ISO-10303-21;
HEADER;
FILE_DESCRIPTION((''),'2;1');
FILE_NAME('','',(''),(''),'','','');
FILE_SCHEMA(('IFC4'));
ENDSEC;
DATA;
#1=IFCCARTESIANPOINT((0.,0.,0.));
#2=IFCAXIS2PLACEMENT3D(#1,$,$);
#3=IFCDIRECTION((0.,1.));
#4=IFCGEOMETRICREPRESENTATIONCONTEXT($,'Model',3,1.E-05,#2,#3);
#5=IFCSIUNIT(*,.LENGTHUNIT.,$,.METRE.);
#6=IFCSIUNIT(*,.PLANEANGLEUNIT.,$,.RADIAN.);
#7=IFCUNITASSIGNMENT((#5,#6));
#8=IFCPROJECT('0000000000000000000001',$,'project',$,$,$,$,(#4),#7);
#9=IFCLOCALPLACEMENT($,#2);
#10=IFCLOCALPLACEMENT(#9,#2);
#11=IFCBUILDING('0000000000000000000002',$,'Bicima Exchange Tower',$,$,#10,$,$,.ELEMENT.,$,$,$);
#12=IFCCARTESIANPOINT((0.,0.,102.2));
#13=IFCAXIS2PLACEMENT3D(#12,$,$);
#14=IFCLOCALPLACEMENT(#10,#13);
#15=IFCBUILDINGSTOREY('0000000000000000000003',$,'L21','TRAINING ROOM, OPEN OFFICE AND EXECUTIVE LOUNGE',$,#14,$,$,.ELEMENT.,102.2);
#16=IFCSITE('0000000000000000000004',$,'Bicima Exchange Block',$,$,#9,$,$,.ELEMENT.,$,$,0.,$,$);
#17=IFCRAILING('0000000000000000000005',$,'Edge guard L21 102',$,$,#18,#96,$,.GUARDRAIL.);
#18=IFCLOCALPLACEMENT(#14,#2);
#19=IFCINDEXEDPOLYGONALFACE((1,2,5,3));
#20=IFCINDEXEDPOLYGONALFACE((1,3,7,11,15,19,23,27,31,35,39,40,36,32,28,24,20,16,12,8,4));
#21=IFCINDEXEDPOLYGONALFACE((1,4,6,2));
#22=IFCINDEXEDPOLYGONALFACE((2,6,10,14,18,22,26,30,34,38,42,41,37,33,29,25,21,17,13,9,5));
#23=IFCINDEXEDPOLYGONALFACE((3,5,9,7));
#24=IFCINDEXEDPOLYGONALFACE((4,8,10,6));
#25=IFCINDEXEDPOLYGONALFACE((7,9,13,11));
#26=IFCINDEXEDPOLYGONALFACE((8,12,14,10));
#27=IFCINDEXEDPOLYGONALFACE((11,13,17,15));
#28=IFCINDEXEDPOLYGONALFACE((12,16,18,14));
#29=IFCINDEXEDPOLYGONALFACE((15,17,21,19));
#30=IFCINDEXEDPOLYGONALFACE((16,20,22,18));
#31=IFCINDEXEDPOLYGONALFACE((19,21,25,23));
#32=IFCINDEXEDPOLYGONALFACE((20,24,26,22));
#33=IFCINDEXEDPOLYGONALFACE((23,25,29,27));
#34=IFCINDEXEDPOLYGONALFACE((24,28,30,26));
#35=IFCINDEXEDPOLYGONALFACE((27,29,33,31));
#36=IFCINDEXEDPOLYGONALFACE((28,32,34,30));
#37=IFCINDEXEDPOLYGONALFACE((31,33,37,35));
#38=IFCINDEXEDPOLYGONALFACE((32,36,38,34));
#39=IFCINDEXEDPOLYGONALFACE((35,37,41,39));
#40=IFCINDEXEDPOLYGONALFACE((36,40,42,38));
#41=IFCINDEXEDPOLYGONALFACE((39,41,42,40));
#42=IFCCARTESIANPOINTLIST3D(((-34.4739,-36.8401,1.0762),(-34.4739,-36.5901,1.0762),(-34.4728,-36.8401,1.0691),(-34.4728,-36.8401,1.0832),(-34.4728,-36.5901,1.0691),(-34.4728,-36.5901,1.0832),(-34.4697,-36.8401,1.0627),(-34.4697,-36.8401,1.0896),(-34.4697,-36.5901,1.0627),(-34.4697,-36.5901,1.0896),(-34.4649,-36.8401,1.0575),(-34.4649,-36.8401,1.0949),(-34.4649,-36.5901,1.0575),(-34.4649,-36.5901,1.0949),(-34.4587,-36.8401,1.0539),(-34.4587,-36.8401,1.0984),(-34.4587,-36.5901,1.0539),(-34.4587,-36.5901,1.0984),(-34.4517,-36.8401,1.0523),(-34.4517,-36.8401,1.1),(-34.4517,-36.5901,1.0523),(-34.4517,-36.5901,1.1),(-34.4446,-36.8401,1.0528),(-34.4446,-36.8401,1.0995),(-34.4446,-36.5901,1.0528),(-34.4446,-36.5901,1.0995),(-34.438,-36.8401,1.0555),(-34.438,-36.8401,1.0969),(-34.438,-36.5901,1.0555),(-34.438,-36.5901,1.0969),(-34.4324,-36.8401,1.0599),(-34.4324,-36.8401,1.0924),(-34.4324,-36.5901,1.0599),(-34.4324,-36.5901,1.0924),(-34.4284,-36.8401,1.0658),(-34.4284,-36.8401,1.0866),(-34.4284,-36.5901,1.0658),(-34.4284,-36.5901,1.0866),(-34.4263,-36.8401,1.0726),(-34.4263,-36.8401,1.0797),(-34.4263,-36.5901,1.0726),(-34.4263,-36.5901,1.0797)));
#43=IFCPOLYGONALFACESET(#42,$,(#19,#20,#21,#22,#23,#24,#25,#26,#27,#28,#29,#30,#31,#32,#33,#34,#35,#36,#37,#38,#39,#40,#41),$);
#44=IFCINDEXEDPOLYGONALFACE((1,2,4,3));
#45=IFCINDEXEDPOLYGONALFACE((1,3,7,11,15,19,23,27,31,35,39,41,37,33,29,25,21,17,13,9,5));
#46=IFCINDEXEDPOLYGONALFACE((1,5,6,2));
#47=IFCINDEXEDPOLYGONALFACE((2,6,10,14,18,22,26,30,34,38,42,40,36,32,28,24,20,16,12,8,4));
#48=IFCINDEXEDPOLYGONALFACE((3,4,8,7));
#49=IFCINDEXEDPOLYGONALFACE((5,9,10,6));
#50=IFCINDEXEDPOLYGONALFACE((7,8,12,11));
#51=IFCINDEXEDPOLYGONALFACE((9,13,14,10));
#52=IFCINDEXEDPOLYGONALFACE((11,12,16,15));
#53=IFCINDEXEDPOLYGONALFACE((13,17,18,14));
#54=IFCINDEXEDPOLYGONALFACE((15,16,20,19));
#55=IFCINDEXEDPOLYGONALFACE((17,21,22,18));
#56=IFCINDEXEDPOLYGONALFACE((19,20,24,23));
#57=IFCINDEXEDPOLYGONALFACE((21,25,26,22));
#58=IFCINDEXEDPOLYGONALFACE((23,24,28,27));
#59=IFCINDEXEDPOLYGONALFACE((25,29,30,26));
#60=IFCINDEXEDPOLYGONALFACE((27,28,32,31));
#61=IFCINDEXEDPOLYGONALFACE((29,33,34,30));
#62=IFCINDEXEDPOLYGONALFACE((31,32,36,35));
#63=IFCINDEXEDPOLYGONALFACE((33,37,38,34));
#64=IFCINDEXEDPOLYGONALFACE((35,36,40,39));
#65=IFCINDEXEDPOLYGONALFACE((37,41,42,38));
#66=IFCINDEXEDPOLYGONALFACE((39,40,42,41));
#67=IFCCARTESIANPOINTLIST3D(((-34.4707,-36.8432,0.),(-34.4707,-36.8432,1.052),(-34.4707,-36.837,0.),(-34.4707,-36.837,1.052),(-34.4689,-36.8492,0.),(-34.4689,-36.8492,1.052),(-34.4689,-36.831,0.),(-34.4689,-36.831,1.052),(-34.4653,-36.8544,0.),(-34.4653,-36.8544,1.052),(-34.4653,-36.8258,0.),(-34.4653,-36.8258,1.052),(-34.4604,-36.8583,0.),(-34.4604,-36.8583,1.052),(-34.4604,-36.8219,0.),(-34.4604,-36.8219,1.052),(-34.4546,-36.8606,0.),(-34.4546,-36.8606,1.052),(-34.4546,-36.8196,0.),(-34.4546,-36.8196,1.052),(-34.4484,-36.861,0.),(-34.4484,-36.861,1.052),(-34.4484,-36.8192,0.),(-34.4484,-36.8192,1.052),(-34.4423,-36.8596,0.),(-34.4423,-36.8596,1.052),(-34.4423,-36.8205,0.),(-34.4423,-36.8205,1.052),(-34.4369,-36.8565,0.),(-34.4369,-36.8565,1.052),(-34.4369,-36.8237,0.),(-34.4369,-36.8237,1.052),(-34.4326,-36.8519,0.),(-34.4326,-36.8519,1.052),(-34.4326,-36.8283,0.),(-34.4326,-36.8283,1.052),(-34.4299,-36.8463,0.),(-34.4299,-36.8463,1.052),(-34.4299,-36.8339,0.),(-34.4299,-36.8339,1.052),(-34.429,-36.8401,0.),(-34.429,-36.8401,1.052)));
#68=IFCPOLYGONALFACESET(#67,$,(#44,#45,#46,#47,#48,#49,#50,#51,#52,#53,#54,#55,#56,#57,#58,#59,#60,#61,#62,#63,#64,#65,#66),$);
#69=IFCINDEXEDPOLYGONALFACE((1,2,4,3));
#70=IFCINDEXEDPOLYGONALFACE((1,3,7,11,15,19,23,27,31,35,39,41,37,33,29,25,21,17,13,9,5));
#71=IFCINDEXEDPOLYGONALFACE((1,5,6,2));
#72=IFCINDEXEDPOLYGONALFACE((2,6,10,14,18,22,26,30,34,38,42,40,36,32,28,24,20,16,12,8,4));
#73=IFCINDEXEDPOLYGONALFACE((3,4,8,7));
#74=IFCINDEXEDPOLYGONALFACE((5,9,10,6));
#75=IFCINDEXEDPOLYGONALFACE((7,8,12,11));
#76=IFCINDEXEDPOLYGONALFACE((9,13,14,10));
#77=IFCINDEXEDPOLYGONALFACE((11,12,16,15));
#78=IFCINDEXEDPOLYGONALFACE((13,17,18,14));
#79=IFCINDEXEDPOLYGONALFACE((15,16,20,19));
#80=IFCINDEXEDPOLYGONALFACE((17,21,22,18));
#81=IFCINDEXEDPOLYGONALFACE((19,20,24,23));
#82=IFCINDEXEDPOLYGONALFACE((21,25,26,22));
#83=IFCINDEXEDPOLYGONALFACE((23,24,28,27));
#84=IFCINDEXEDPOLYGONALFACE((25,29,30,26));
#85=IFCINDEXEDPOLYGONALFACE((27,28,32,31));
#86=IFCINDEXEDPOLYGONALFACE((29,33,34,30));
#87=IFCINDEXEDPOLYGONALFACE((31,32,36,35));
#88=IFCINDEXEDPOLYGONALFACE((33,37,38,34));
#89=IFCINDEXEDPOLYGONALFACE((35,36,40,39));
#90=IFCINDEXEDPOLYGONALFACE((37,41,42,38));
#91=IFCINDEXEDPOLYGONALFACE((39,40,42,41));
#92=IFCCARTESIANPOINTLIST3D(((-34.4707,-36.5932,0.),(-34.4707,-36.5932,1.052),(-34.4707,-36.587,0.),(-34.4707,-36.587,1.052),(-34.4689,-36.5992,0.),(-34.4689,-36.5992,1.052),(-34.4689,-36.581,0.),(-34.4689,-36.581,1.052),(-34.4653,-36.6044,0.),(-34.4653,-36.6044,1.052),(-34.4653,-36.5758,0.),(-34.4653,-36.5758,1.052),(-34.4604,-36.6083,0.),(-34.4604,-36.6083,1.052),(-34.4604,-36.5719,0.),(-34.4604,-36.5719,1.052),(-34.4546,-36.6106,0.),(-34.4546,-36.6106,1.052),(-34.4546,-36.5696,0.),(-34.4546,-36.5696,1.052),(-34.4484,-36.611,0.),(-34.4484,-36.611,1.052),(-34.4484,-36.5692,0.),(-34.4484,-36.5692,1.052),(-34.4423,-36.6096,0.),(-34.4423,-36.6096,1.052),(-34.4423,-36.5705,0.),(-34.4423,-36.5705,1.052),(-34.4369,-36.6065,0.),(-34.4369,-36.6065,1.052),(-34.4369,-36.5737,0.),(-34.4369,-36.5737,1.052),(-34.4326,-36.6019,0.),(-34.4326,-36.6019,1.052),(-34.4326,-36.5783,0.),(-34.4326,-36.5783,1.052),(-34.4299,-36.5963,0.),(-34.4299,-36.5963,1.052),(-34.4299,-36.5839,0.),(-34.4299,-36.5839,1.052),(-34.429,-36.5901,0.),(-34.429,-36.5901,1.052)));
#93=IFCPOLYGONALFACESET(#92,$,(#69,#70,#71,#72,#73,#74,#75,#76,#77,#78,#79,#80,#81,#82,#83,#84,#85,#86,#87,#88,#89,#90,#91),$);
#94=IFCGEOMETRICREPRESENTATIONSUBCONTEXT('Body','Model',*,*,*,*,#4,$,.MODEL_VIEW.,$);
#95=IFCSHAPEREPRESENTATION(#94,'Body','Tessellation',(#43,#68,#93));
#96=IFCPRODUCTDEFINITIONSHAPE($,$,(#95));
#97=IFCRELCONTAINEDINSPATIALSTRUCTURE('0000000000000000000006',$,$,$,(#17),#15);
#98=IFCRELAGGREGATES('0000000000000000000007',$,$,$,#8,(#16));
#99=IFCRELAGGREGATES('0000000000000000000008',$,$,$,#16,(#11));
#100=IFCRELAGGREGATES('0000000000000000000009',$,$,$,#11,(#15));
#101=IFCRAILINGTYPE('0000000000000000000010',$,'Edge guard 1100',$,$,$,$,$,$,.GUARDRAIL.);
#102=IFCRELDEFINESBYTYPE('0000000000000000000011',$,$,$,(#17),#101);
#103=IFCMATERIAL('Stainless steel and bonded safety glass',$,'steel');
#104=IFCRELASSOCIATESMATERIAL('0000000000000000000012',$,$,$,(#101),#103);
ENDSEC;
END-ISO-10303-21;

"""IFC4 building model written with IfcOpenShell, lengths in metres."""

from ifc_helpers import new_model, si_unit, direction, frame, origin, origin_2d, place, context, subcontext, project, spatial, circle, extrude, material, type_object, element, save


model = new_model("IFC4")

# Units and contexts
model_context = context("Model", 3, precision=1e-05, world=origin(), true_north=direction((0.0, 1.0)))
body_context = subcontext(model_context, "Body", "Model", "MODEL_VIEW")
ifc_project = project(units=[si_unit("LENGTHUNIT", "METRE"), si_unit("PLANEANGLEUNIT", "RADIAN")], contexts=[model_context])

# Site, building, storey
site_placement = place(None, origin())
site = spatial("IfcSite", under=ifc_project, at=site_placement, Name="Bicima Exchange Block", CompositionType="ELEMENT", RefElevation=0.0)
building_placement = place(site_placement, origin())
building = spatial("IfcBuilding", under=site, at=building_placement, Name="Bicima Exchange Tower", CompositionType="ELEMENT")
storey_placement = place(building_placement, frame((0.0, 0.0, 102.2)))
storey = spatial("IfcBuildingStorey", under=building, at=storey_placement, Name="L21", Description="TRAINING ROOM, OPEN OFFICE AND EXECUTIVE LOUNGE", CompositionType="ELEMENT", Elevation=102.2)

# Railing
ifc_material_1 = material(Name="Stainless steel and bonded safety glass", Category="steel")
railing_type = type_object("IfcRailingType", Name="Edge guard 1100", PredefinedType="GUARDRAIL", material=ifc_material_1)
railing_1_placement = place(storey_placement, frame((-34.45, -36.8401, 0.0)))
element("IfcRailing", 1, at=railing_1_placement, inside=storey, type_object=railing_type, Name="Edge guard L21 102", PredefinedType="GUARDRAIL", context=body_context, shape_type="SweptSolid", body=[
    extrude(circle(Radius=0.0239, at=origin_2d()), frame((0.0, 0.0, 1.0762), z_axis=(0.0, 1.0, 0.0), x_axis=(-1.0, 0.0, 0.0)), (0.0, 0.0, 1.0), 0.25),
    extrude(circle(Radius=0.021, at=origin_2d()), origin(), (0.0, 0.0, 1.0), 1.052),
    extrude(circle(Radius=0.021, at=origin_2d()), frame((0.0, 0.25, 0.0)), (0.0, 0.0, 1.0), 1.052),
])

save(model, "model.ifc")
